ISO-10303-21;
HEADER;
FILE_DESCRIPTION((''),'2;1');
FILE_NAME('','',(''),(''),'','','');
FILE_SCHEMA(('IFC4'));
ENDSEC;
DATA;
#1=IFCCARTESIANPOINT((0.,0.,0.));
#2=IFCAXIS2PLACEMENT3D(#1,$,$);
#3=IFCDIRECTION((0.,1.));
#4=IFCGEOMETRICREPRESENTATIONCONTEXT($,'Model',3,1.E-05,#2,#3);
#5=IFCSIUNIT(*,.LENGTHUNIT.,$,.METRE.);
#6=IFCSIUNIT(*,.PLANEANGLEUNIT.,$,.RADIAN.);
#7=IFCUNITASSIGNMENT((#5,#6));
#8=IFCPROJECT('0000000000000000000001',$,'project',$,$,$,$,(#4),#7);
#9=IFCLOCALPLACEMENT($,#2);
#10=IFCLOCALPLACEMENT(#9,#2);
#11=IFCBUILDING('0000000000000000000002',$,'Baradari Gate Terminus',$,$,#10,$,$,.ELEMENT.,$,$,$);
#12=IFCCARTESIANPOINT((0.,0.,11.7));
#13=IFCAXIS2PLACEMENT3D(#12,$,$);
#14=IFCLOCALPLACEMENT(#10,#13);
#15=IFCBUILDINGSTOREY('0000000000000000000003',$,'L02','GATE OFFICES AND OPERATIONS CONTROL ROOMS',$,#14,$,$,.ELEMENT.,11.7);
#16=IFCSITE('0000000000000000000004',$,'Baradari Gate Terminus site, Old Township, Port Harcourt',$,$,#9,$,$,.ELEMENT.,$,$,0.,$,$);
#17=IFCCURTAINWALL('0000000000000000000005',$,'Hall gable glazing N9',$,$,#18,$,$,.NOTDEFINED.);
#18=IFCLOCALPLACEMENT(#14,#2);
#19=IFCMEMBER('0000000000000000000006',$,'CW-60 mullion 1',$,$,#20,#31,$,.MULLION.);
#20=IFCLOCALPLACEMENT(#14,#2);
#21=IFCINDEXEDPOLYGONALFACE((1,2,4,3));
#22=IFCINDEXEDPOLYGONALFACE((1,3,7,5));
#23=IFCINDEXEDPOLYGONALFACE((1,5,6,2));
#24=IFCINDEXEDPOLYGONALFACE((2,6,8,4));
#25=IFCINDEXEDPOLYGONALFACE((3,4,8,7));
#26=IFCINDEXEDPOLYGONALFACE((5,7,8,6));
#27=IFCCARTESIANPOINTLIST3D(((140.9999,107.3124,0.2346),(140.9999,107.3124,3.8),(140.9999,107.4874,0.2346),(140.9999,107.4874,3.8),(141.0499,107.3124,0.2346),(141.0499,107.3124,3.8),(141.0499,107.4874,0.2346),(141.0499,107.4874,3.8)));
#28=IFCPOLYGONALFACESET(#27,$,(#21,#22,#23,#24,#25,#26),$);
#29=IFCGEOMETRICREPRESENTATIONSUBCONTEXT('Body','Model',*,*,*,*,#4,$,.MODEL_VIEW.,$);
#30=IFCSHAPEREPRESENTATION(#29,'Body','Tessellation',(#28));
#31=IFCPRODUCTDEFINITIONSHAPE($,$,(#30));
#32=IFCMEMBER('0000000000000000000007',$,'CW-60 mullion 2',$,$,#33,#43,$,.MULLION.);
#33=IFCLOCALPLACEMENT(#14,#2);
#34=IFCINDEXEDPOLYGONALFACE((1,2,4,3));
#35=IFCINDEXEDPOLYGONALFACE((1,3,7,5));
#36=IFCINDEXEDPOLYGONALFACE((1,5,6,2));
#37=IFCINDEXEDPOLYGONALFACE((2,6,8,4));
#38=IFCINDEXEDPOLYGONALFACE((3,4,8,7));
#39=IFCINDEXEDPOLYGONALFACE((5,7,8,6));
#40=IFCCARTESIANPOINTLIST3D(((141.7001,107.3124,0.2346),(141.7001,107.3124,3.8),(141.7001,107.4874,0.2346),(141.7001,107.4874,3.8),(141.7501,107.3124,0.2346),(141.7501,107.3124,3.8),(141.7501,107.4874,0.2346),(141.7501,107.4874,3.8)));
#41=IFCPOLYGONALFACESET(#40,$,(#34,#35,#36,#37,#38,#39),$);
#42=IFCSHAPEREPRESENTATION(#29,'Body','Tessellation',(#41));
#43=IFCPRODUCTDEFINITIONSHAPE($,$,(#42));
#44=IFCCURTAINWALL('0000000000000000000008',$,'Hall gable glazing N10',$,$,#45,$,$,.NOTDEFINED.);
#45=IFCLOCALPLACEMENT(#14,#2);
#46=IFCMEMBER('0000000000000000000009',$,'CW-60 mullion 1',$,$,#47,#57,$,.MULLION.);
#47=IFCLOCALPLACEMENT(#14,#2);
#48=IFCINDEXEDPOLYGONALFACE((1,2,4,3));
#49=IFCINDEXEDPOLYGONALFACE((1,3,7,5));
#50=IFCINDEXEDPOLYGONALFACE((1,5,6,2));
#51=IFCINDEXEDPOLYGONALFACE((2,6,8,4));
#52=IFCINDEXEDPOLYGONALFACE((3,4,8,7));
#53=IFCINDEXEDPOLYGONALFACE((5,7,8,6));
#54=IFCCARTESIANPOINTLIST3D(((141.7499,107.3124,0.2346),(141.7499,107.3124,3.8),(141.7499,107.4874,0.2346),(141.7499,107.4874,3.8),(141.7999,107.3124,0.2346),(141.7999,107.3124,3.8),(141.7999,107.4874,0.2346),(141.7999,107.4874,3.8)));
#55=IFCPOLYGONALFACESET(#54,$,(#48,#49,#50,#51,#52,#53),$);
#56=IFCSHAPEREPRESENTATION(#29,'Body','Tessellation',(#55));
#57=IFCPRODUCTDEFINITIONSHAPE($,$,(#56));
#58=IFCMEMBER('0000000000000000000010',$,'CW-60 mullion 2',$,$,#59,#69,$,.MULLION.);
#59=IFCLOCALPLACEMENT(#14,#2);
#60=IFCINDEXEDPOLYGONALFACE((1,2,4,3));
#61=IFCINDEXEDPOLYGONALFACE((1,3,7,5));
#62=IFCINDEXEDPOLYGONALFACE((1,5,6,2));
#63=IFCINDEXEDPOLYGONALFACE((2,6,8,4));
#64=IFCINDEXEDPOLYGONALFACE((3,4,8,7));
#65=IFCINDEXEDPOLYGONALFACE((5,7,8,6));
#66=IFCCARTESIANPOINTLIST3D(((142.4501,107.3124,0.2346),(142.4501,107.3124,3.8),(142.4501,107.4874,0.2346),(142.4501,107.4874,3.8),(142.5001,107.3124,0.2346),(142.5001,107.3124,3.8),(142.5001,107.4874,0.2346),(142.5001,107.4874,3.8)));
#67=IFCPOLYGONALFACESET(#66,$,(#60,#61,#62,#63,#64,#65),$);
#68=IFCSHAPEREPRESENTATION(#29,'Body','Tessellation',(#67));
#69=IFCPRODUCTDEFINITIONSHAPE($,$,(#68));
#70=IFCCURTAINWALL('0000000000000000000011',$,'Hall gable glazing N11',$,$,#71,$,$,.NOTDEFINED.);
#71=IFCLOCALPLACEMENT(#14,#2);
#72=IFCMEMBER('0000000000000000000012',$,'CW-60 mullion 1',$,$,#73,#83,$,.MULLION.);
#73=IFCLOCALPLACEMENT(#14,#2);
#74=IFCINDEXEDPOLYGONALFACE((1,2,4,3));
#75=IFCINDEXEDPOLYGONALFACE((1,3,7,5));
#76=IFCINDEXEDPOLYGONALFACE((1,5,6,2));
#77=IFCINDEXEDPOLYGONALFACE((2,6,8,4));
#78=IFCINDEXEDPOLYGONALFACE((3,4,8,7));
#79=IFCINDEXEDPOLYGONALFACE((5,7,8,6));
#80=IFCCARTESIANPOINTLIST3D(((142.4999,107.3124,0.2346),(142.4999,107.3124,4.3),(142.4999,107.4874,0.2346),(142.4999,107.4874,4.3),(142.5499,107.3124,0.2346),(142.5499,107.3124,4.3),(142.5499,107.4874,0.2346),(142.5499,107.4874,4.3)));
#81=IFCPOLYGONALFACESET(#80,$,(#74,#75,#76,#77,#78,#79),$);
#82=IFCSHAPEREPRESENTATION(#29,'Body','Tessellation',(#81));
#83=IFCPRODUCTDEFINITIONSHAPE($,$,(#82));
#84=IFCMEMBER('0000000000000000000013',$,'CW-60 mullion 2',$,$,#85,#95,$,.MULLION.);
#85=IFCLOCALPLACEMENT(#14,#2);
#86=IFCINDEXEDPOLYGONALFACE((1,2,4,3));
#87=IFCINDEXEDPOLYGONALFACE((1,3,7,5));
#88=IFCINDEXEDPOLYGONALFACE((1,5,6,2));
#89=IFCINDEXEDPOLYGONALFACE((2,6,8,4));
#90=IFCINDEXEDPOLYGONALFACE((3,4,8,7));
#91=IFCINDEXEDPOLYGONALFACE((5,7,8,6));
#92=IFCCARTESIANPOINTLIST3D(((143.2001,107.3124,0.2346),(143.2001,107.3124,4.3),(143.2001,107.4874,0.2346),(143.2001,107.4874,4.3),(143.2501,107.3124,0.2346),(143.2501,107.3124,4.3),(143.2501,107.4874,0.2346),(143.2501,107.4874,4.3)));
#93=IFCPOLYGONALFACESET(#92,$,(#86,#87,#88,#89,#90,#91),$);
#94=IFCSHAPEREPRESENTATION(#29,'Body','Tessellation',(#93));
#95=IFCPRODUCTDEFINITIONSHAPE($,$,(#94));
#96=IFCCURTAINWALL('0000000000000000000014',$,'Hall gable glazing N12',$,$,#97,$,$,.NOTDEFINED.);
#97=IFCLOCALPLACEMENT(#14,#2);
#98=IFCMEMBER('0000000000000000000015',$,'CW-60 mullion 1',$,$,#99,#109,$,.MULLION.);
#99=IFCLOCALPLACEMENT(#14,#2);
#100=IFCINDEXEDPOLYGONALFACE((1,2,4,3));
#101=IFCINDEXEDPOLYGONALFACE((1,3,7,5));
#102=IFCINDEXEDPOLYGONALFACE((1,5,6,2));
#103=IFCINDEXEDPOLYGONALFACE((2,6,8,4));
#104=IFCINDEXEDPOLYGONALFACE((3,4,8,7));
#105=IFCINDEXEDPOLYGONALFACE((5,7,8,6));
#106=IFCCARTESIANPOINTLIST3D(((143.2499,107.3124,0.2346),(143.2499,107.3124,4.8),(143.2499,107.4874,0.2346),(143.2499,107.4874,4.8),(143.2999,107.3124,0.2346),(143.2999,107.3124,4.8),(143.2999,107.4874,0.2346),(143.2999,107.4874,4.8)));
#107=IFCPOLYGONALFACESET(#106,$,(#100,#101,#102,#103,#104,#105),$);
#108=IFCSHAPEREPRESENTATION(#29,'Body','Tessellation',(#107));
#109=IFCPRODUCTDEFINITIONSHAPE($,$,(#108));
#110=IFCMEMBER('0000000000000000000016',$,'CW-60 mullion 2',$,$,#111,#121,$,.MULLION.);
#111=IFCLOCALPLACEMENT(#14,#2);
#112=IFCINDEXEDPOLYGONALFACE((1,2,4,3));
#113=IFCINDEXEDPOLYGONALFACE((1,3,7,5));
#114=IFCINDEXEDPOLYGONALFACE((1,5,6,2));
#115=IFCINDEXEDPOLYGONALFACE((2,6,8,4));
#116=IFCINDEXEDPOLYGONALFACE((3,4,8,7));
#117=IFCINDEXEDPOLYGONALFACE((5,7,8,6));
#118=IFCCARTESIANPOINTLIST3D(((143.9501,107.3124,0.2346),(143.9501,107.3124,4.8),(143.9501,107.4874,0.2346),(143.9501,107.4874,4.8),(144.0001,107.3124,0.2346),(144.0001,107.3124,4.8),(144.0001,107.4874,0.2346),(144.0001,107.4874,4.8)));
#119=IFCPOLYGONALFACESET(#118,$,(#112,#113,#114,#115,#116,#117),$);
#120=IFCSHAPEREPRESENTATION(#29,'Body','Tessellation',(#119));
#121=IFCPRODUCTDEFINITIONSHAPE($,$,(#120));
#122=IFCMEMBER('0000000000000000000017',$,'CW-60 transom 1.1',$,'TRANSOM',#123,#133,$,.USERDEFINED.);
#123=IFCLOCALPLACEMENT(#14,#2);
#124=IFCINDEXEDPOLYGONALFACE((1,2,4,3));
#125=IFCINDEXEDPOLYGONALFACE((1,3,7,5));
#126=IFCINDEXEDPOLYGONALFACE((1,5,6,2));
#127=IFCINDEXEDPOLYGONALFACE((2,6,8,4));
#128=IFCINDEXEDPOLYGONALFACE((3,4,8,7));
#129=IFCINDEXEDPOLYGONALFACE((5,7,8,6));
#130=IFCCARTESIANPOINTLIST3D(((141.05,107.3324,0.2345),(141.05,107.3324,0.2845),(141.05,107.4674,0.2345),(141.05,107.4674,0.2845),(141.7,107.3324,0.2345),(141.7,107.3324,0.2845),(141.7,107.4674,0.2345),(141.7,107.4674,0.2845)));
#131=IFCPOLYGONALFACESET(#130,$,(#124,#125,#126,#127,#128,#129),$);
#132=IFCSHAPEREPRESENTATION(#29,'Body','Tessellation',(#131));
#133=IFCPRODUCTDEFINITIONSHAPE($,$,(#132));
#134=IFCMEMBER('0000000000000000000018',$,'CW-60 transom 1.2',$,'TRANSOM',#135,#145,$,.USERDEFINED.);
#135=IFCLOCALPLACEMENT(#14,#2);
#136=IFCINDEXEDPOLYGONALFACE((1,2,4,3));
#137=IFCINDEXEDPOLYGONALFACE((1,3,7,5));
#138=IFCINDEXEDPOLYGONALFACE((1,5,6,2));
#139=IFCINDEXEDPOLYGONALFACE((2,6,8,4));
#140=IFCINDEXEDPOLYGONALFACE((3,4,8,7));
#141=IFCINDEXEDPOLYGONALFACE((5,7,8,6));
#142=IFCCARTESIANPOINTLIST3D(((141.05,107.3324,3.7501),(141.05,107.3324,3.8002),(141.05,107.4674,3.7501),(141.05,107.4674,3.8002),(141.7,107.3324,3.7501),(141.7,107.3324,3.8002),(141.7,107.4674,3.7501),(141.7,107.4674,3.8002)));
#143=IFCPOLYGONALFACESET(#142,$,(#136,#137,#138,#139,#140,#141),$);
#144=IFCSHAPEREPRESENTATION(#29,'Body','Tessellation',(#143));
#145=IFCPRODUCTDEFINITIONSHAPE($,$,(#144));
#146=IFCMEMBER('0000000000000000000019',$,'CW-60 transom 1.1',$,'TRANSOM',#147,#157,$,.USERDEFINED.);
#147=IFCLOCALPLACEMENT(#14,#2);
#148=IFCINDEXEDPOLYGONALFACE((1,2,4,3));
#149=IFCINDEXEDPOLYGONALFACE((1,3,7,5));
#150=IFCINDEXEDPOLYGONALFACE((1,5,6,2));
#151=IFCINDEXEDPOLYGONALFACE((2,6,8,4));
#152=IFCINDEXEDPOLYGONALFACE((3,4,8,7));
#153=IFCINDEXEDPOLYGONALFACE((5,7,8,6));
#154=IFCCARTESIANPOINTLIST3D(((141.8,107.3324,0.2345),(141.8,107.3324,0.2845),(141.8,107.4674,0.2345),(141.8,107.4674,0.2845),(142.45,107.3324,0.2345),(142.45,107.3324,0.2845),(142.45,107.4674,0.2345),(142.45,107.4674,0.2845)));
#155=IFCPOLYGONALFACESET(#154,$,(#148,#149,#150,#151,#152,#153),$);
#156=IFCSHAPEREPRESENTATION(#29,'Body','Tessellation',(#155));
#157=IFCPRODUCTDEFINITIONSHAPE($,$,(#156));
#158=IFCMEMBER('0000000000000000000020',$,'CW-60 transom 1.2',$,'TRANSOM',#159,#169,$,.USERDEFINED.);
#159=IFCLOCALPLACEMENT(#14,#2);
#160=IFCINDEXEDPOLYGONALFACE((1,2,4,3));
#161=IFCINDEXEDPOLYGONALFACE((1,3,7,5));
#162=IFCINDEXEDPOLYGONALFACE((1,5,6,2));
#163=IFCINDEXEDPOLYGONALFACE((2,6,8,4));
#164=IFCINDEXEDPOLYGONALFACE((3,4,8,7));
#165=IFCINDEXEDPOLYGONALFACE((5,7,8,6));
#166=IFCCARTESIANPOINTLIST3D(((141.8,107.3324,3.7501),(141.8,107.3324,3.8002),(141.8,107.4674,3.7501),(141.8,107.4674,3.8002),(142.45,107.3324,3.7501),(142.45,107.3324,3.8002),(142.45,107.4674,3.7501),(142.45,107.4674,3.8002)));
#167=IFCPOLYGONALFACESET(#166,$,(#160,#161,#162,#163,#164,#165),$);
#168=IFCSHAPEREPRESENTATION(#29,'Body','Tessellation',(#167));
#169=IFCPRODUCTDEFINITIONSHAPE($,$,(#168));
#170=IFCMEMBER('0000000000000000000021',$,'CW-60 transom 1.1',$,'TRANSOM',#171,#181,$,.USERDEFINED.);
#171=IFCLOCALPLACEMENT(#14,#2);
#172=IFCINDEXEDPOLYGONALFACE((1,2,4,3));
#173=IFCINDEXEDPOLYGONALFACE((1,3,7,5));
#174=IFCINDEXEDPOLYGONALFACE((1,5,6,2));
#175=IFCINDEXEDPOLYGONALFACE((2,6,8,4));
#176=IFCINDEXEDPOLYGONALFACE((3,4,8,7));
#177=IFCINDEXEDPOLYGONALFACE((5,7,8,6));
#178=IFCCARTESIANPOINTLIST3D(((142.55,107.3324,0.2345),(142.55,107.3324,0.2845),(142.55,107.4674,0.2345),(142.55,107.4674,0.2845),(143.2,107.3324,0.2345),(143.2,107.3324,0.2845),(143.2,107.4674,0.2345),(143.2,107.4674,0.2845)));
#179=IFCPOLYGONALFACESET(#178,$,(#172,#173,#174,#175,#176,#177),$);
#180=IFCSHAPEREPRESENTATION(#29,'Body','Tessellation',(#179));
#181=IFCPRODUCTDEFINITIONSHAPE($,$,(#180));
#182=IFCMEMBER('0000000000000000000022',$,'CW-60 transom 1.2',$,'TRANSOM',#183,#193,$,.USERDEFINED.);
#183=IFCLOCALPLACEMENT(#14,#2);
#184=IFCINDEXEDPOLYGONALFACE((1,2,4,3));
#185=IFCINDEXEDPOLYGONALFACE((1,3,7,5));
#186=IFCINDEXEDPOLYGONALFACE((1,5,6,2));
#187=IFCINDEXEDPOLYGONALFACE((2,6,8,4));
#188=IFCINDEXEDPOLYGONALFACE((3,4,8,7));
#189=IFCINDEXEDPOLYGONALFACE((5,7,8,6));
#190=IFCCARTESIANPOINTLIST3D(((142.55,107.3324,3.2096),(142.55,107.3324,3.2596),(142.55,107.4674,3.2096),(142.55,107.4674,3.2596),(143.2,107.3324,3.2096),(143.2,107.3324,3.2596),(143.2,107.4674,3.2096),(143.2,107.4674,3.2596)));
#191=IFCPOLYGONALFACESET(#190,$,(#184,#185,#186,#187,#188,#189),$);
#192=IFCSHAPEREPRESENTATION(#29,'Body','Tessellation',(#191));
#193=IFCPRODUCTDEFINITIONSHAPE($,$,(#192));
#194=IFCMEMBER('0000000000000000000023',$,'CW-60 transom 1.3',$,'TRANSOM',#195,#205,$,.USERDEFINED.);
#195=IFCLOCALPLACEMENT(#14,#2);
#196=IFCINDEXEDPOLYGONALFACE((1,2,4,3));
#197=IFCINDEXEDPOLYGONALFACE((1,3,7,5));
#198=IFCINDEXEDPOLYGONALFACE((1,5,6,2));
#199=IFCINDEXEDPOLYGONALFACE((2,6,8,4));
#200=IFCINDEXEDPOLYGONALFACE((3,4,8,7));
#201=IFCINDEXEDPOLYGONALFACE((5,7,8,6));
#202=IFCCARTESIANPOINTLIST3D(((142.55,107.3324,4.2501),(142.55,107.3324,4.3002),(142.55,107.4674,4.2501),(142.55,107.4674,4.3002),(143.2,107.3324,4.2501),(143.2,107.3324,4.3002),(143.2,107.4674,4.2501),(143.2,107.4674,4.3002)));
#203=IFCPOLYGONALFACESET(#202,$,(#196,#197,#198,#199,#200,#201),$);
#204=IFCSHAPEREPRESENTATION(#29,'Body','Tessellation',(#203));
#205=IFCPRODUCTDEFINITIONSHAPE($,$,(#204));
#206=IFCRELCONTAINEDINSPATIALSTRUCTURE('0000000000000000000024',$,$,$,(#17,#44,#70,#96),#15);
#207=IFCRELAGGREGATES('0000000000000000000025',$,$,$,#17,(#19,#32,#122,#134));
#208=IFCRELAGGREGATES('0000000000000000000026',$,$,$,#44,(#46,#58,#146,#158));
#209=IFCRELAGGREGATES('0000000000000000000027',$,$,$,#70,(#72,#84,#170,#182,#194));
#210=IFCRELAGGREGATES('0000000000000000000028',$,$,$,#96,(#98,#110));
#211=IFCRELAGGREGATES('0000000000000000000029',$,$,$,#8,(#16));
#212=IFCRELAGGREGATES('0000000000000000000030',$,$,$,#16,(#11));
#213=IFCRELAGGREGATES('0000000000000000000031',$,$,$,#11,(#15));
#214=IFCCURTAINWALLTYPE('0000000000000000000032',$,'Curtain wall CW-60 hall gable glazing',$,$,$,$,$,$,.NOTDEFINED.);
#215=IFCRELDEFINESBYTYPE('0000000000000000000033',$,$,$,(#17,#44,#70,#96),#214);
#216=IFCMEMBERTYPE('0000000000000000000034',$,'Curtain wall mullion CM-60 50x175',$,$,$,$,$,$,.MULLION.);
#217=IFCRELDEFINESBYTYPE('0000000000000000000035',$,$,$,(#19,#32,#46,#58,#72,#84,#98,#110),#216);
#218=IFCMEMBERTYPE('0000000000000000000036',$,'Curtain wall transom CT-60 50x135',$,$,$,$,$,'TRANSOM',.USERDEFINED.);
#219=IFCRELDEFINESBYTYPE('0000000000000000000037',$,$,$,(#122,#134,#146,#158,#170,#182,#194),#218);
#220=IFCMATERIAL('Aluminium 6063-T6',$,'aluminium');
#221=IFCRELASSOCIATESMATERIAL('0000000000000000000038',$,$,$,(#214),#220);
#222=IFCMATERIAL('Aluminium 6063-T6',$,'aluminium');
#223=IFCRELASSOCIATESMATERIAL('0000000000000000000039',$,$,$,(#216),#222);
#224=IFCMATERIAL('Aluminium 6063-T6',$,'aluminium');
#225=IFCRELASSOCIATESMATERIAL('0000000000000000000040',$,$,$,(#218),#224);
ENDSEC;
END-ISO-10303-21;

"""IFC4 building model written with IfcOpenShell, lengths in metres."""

from ifc_helpers import new_model, si_unit, direction, frame, origin, origin_2d, place, context, subcontext, project, spatial, rectangle, extrude, material, material_profile, profile_set, type_object, element, aggregate, save


model = new_model("IFC4")

# Units and contexts
model_context = context("Model", 3, precision=1e-05, world=origin(), true_north=direction((0.0, 1.0)))
body_context = subcontext(model_context, "Body", "Model", "MODEL_VIEW")
ifc_project = project(units=[si_unit("LENGTHUNIT", "METRE"), si_unit("PLANEANGLEUNIT", "RADIAN")], contexts=[model_context])

# Site, building, storey
site_placement = place(None, origin())
site = spatial("IfcSite", under=ifc_project, at=site_placement, Name="Baradari Gate Terminus site, Old Township, Port Harcourt", CompositionType="ELEMENT", RefElevation=0.0)
building_placement = place(site_placement, origin())
building = spatial("IfcBuilding", under=site, at=building_placement, Name="Baradari Gate Terminus", CompositionType="ELEMENT")
storey_placement = place(building_placement, frame((0.0, 0.0, 11.7)))
storey = spatial("IfcBuildingStorey", under=building, at=storey_placement, Name="L02", Description="GATE OFFICES AND OPERATIONS CONTROL ROOMS", CompositionType="ELEMENT", Elevation=11.7)

# Curtain walls, members
ifc_material_1 = material(Name="Aluminium 6063-T6", Category="aluminium")
curtain_wall_type = type_object("IfcCurtainWallType", Name="Curtain wall CW-60 hall gable glazing", PredefinedType="NOTDEFINED", material=ifc_material_1)
curtain_wall_1_placement = place(storey_placement, origin())
curtain_wall_1 = element("IfcCurtainWall", 1, at=curtain_wall_1_placement, inside=storey, type_object=curtain_wall_type, Name="Hall gable glazing N9", PredefinedType="NOTDEFINED")
ifc_material_2 = material(Name="Aluminium 6063-T6", Category="aluminium")
ifc_material_profile_1 = material_profile(ifc_material_2, rectangle(XDim=0.175, YDim=0.05, at=origin_2d()), Name="CM-60 50X175")
ifc_profile_set_1 = profile_set([ifc_material_profile_1], Name="Aluminium 6063-T6")
member_type_1 = type_object("IfcMemberType", Name="Curtain wall mullion CM-60 50x175", PredefinedType="MULLION", material=ifc_profile_set_1)
member_1_placement = place(storey_placement, frame((141.0249, 107.3999, 0.2346), z_axis=(0.0, 0.0, 1.0), x_axis=(0.0, 1.0, 0.0)))
member_1 = element("IfcMember", 2, at=member_1_placement, type_object=member_type_1, Name="CW-60 mullion 1", PredefinedType="MULLION", context=body_context, shape_type="SweptSolid", body=[
    extrude(rectangle(XDim=0.175, YDim=0.05, at=origin_2d()), origin(), (0.0, 0.0, 1.0), 3.5654),
])
member_2_placement = place(storey_placement, frame((141.7251, 107.3999, 0.2346), z_axis=(0.0, 0.0, 1.0), x_axis=(0.0, 1.0, 0.0)))
member_2 = element("IfcMember", 3, at=member_2_placement, type_object=member_type_1, Name="CW-60 mullion 2", PredefinedType="MULLION", context=body_context, shape_type="SweptSolid", body=[
    extrude(rectangle(XDim=0.175, YDim=0.05, at=origin_2d()), origin(), (0.0, 0.0, 1.0), 3.5654),
])
curtain_wall_2_placement = place(storey_placement, origin())
curtain_wall_2 = element("IfcCurtainWall", 4, at=curtain_wall_2_placement, inside=storey, type_object=curtain_wall_type, Name="Hall gable glazing N10", PredefinedType="NOTDEFINED")
member_3_placement = place(storey_placement, frame((141.7749, 107.3999, 0.2346), z_axis=(0.0, 0.0, 1.0), x_axis=(0.0, 1.0, 0.0)))
member_3 = element("IfcMember", 5, at=member_3_placement, type_object=member_type_1, Name="CW-60 mullion 1", PredefinedType="MULLION", context=body_context, shape_type="SweptSolid", body=[
    extrude(rectangle(XDim=0.175, YDim=0.05, at=origin_2d()), origin(), (0.0, 0.0, 1.0), 3.5654),
])
member_4_placement = place(storey_placement, frame((142.4751, 107.3999, 0.2346), z_axis=(0.0, 0.0, 1.0), x_axis=(0.0, 1.0, 0.0)))
member_4 = element("IfcMember", 6, at=member_4_placement, type_object=member_type_1, Name="CW-60 mullion 2", PredefinedType="MULLION", context=body_context, shape_type="SweptSolid", body=[
    extrude(rectangle(XDim=0.175, YDim=0.05, at=origin_2d()), origin(), (0.0, 0.0, 1.0), 3.5654),
])
curtain_wall_3_placement = place(storey_placement, origin())
curtain_wall_3 = element("IfcCurtainWall", 7, at=curtain_wall_3_placement, inside=storey, type_object=curtain_wall_type, Name="Hall gable glazing N11", PredefinedType="NOTDEFINED")
member_5_placement = place(storey_placement, frame((142.5249, 107.3999, 0.2346), z_axis=(0.0, 0.0, 1.0), x_axis=(0.0, 1.0, 0.0)))
member_5 = element("IfcMember", 8, at=member_5_placement, type_object=member_type_1, Name="CW-60 mullion 1", PredefinedType="MULLION", context=body_context, shape_type="SweptSolid", body=[
    extrude(rectangle(XDim=0.175, YDim=0.05, at=origin_2d()), origin(), (0.0, 0.0, 1.0), 4.0654),
])
member_6_placement = place(storey_placement, frame((143.2251, 107.3999, 0.2346), z_axis=(0.0, 0.0, 1.0), x_axis=(0.0, 1.0, 0.0)))
member_6 = element("IfcMember", 9, at=member_6_placement, type_object=member_type_1, Name="CW-60 mullion 2", PredefinedType="MULLION", context=body_context, shape_type="SweptSolid", body=[
    extrude(rectangle(XDim=0.175, YDim=0.05, at=origin_2d()), origin(), (0.0, 0.0, 1.0), 4.0654),
])
curtain_wall_4_placement = place(storey_placement, origin())
curtain_wall_4 = element("IfcCurtainWall", 10, at=curtain_wall_4_placement, inside=storey, type_object=curtain_wall_type, Name="Hall gable glazing N12", PredefinedType="NOTDEFINED")
member_7_placement = place(storey_placement, frame((143.2749, 107.3999, 0.2346), z_axis=(0.0, 0.0, 1.0), x_axis=(0.0, 1.0, 0.0)))
member_7 = element("IfcMember", 11, at=member_7_placement, type_object=member_type_1, Name="CW-60 mullion 1", PredefinedType="MULLION", context=body_context, shape_type="SweptSolid", body=[
    extrude(rectangle(XDim=0.175, YDim=0.05, at=origin_2d()), origin(), (0.0, 0.0, 1.0), 4.5654),
])
member_8_placement = place(storey_placement, frame((143.9751, 107.3999, 0.2346), z_axis=(0.0, 0.0, 1.0), x_axis=(0.0, 1.0, 0.0)))
member_8 = element("IfcMember", 12, at=member_8_placement, type_object=member_type_1, Name="CW-60 mullion 2", PredefinedType="MULLION", context=body_context, shape_type="SweptSolid", body=[
    extrude(rectangle(XDim=0.175, YDim=0.05, at=origin_2d()), origin(), (0.0, 0.0, 1.0), 4.5654),
])

# Members
ifc_material_3 = material(Name="Aluminium 6063-T6", Category="aluminium")
ifc_material_profile_2 = material_profile(ifc_material_3, rectangle(XDim=0.135, YDim=0.05, at=origin_2d()), Name="CT-60 50X135")
ifc_profile_set_2 = profile_set([ifc_material_profile_2], Name="Aluminium 6063-T6")
member_type_2 = type_object("IfcMemberType", Name="Curtain wall transom CT-60 50x135", ElementType="TRANSOM", PredefinedType="USERDEFINED", material=ifc_profile_set_2)
member_9_placement = place(storey_placement, frame((141.05, 107.3999, 0.2595), z_axis=(1.0, 0.0, 0.0), x_axis=(0.0, 1.0, 0.0)))
member_9 = element("IfcMember", 13, at=member_9_placement, type_object=member_type_2, Name="CW-60 transom 1.1", ObjectType="TRANSOM", PredefinedType="USERDEFINED", context=body_context, shape_type="SweptSolid", body=[
    extrude(rectangle(XDim=0.135, YDim=0.05, at=origin_2d()), origin(), (0.0, 0.0, 1.0), 0.6499),
])
member_10_placement = place(storey_placement, frame((141.05, 107.3999, 3.7751), z_axis=(1.0, 0.0, 0.0), x_axis=(0.0, 1.0, 0.0)))
member_10 = element("IfcMember", 14, at=member_10_placement, type_object=member_type_2, Name="CW-60 transom 1.2", ObjectType="TRANSOM", PredefinedType="USERDEFINED", context=body_context, shape_type="SweptSolid", body=[
    extrude(rectangle(XDim=0.135, YDim=0.05, at=origin_2d()), origin(), (0.0, 0.0, 1.0), 0.6499),
])
member_11_placement = place(storey_placement, frame((141.8, 107.3999, 0.2595), z_axis=(1.0, 0.0, 0.0), x_axis=(0.0, 1.0, 0.0)))
member_11 = element("IfcMember", 15, at=member_11_placement, type_object=member_type_2, Name="CW-60 transom 1.1", ObjectType="TRANSOM", PredefinedType="USERDEFINED", context=body_context, shape_type="SweptSolid", body=[
    extrude(rectangle(XDim=0.135, YDim=0.05, at=origin_2d()), origin(), (0.0, 0.0, 1.0), 0.6499),
])
member_12_placement = place(storey_placement, frame((141.8, 107.3999, 3.7751), z_axis=(1.0, 0.0, 0.0), x_axis=(0.0, 1.0, 0.0)))
member_12 = element("IfcMember", 16, at=member_12_placement, type_object=member_type_2, Name="CW-60 transom 1.2", ObjectType="TRANSOM", PredefinedType="USERDEFINED", context=body_context, shape_type="SweptSolid", body=[
    extrude(rectangle(XDim=0.135, YDim=0.05, at=origin_2d()), origin(), (0.0, 0.0, 1.0), 0.6499),
])
member_13_placement = place(storey_placement, frame((142.55, 107.3999, 0.2595), z_axis=(1.0, 0.0, 0.0), x_axis=(0.0, 1.0, 0.0)))
member_13 = element("IfcMember", 17, at=member_13_placement, type_object=member_type_2, Name="CW-60 transom 1.1", ObjectType="TRANSOM", PredefinedType="USERDEFINED", context=body_context, shape_type="SweptSolid", body=[
    extrude(rectangle(XDim=0.135, YDim=0.05, at=origin_2d()), origin(), (0.0, 0.0, 1.0), 0.6499),
])
member_14_placement = place(storey_placement, frame((142.55, 107.3999, 3.2346), z_axis=(1.0, 0.0, 0.0), x_axis=(0.0, 1.0, 0.0)))
member_14 = element("IfcMember", 18, at=member_14_placement, type_object=member_type_2, Name="CW-60 transom 1.2", ObjectType="TRANSOM", PredefinedType="USERDEFINED", context=body_context, shape_type="SweptSolid", body=[
    extrude(rectangle(XDim=0.135, YDim=0.05, at=origin_2d()), origin(), (0.0, 0.0, 1.0), 0.6499),
])
member_15_placement = place(storey_placement, frame((142.55, 107.3999, 4.2751), z_axis=(1.0, 0.0, 0.0), x_axis=(0.0, 1.0, 0.0)))
member_15 = element("IfcMember", 19, at=member_15_placement, type_object=member_type_2, Name="CW-60 transom 1.3", ObjectType="TRANSOM", PredefinedType="USERDEFINED", context=body_context, shape_type="SweptSolid", body=[
    extrude(rectangle(XDim=0.135, YDim=0.05, at=origin_2d()), origin(), (0.0, 0.0, 1.0), 0.6499),
])

aggregate(curtain_wall_1, [member_1, member_2, member_9, member_10])
aggregate(curtain_wall_2, [member_3, member_4, member_11, member_12])
aggregate(curtain_wall_3, [member_5, member_6, member_13, member_14, member_15])
aggregate(curtain_wall_4, [member_7, member_8])

save(model, "model.ifc")
